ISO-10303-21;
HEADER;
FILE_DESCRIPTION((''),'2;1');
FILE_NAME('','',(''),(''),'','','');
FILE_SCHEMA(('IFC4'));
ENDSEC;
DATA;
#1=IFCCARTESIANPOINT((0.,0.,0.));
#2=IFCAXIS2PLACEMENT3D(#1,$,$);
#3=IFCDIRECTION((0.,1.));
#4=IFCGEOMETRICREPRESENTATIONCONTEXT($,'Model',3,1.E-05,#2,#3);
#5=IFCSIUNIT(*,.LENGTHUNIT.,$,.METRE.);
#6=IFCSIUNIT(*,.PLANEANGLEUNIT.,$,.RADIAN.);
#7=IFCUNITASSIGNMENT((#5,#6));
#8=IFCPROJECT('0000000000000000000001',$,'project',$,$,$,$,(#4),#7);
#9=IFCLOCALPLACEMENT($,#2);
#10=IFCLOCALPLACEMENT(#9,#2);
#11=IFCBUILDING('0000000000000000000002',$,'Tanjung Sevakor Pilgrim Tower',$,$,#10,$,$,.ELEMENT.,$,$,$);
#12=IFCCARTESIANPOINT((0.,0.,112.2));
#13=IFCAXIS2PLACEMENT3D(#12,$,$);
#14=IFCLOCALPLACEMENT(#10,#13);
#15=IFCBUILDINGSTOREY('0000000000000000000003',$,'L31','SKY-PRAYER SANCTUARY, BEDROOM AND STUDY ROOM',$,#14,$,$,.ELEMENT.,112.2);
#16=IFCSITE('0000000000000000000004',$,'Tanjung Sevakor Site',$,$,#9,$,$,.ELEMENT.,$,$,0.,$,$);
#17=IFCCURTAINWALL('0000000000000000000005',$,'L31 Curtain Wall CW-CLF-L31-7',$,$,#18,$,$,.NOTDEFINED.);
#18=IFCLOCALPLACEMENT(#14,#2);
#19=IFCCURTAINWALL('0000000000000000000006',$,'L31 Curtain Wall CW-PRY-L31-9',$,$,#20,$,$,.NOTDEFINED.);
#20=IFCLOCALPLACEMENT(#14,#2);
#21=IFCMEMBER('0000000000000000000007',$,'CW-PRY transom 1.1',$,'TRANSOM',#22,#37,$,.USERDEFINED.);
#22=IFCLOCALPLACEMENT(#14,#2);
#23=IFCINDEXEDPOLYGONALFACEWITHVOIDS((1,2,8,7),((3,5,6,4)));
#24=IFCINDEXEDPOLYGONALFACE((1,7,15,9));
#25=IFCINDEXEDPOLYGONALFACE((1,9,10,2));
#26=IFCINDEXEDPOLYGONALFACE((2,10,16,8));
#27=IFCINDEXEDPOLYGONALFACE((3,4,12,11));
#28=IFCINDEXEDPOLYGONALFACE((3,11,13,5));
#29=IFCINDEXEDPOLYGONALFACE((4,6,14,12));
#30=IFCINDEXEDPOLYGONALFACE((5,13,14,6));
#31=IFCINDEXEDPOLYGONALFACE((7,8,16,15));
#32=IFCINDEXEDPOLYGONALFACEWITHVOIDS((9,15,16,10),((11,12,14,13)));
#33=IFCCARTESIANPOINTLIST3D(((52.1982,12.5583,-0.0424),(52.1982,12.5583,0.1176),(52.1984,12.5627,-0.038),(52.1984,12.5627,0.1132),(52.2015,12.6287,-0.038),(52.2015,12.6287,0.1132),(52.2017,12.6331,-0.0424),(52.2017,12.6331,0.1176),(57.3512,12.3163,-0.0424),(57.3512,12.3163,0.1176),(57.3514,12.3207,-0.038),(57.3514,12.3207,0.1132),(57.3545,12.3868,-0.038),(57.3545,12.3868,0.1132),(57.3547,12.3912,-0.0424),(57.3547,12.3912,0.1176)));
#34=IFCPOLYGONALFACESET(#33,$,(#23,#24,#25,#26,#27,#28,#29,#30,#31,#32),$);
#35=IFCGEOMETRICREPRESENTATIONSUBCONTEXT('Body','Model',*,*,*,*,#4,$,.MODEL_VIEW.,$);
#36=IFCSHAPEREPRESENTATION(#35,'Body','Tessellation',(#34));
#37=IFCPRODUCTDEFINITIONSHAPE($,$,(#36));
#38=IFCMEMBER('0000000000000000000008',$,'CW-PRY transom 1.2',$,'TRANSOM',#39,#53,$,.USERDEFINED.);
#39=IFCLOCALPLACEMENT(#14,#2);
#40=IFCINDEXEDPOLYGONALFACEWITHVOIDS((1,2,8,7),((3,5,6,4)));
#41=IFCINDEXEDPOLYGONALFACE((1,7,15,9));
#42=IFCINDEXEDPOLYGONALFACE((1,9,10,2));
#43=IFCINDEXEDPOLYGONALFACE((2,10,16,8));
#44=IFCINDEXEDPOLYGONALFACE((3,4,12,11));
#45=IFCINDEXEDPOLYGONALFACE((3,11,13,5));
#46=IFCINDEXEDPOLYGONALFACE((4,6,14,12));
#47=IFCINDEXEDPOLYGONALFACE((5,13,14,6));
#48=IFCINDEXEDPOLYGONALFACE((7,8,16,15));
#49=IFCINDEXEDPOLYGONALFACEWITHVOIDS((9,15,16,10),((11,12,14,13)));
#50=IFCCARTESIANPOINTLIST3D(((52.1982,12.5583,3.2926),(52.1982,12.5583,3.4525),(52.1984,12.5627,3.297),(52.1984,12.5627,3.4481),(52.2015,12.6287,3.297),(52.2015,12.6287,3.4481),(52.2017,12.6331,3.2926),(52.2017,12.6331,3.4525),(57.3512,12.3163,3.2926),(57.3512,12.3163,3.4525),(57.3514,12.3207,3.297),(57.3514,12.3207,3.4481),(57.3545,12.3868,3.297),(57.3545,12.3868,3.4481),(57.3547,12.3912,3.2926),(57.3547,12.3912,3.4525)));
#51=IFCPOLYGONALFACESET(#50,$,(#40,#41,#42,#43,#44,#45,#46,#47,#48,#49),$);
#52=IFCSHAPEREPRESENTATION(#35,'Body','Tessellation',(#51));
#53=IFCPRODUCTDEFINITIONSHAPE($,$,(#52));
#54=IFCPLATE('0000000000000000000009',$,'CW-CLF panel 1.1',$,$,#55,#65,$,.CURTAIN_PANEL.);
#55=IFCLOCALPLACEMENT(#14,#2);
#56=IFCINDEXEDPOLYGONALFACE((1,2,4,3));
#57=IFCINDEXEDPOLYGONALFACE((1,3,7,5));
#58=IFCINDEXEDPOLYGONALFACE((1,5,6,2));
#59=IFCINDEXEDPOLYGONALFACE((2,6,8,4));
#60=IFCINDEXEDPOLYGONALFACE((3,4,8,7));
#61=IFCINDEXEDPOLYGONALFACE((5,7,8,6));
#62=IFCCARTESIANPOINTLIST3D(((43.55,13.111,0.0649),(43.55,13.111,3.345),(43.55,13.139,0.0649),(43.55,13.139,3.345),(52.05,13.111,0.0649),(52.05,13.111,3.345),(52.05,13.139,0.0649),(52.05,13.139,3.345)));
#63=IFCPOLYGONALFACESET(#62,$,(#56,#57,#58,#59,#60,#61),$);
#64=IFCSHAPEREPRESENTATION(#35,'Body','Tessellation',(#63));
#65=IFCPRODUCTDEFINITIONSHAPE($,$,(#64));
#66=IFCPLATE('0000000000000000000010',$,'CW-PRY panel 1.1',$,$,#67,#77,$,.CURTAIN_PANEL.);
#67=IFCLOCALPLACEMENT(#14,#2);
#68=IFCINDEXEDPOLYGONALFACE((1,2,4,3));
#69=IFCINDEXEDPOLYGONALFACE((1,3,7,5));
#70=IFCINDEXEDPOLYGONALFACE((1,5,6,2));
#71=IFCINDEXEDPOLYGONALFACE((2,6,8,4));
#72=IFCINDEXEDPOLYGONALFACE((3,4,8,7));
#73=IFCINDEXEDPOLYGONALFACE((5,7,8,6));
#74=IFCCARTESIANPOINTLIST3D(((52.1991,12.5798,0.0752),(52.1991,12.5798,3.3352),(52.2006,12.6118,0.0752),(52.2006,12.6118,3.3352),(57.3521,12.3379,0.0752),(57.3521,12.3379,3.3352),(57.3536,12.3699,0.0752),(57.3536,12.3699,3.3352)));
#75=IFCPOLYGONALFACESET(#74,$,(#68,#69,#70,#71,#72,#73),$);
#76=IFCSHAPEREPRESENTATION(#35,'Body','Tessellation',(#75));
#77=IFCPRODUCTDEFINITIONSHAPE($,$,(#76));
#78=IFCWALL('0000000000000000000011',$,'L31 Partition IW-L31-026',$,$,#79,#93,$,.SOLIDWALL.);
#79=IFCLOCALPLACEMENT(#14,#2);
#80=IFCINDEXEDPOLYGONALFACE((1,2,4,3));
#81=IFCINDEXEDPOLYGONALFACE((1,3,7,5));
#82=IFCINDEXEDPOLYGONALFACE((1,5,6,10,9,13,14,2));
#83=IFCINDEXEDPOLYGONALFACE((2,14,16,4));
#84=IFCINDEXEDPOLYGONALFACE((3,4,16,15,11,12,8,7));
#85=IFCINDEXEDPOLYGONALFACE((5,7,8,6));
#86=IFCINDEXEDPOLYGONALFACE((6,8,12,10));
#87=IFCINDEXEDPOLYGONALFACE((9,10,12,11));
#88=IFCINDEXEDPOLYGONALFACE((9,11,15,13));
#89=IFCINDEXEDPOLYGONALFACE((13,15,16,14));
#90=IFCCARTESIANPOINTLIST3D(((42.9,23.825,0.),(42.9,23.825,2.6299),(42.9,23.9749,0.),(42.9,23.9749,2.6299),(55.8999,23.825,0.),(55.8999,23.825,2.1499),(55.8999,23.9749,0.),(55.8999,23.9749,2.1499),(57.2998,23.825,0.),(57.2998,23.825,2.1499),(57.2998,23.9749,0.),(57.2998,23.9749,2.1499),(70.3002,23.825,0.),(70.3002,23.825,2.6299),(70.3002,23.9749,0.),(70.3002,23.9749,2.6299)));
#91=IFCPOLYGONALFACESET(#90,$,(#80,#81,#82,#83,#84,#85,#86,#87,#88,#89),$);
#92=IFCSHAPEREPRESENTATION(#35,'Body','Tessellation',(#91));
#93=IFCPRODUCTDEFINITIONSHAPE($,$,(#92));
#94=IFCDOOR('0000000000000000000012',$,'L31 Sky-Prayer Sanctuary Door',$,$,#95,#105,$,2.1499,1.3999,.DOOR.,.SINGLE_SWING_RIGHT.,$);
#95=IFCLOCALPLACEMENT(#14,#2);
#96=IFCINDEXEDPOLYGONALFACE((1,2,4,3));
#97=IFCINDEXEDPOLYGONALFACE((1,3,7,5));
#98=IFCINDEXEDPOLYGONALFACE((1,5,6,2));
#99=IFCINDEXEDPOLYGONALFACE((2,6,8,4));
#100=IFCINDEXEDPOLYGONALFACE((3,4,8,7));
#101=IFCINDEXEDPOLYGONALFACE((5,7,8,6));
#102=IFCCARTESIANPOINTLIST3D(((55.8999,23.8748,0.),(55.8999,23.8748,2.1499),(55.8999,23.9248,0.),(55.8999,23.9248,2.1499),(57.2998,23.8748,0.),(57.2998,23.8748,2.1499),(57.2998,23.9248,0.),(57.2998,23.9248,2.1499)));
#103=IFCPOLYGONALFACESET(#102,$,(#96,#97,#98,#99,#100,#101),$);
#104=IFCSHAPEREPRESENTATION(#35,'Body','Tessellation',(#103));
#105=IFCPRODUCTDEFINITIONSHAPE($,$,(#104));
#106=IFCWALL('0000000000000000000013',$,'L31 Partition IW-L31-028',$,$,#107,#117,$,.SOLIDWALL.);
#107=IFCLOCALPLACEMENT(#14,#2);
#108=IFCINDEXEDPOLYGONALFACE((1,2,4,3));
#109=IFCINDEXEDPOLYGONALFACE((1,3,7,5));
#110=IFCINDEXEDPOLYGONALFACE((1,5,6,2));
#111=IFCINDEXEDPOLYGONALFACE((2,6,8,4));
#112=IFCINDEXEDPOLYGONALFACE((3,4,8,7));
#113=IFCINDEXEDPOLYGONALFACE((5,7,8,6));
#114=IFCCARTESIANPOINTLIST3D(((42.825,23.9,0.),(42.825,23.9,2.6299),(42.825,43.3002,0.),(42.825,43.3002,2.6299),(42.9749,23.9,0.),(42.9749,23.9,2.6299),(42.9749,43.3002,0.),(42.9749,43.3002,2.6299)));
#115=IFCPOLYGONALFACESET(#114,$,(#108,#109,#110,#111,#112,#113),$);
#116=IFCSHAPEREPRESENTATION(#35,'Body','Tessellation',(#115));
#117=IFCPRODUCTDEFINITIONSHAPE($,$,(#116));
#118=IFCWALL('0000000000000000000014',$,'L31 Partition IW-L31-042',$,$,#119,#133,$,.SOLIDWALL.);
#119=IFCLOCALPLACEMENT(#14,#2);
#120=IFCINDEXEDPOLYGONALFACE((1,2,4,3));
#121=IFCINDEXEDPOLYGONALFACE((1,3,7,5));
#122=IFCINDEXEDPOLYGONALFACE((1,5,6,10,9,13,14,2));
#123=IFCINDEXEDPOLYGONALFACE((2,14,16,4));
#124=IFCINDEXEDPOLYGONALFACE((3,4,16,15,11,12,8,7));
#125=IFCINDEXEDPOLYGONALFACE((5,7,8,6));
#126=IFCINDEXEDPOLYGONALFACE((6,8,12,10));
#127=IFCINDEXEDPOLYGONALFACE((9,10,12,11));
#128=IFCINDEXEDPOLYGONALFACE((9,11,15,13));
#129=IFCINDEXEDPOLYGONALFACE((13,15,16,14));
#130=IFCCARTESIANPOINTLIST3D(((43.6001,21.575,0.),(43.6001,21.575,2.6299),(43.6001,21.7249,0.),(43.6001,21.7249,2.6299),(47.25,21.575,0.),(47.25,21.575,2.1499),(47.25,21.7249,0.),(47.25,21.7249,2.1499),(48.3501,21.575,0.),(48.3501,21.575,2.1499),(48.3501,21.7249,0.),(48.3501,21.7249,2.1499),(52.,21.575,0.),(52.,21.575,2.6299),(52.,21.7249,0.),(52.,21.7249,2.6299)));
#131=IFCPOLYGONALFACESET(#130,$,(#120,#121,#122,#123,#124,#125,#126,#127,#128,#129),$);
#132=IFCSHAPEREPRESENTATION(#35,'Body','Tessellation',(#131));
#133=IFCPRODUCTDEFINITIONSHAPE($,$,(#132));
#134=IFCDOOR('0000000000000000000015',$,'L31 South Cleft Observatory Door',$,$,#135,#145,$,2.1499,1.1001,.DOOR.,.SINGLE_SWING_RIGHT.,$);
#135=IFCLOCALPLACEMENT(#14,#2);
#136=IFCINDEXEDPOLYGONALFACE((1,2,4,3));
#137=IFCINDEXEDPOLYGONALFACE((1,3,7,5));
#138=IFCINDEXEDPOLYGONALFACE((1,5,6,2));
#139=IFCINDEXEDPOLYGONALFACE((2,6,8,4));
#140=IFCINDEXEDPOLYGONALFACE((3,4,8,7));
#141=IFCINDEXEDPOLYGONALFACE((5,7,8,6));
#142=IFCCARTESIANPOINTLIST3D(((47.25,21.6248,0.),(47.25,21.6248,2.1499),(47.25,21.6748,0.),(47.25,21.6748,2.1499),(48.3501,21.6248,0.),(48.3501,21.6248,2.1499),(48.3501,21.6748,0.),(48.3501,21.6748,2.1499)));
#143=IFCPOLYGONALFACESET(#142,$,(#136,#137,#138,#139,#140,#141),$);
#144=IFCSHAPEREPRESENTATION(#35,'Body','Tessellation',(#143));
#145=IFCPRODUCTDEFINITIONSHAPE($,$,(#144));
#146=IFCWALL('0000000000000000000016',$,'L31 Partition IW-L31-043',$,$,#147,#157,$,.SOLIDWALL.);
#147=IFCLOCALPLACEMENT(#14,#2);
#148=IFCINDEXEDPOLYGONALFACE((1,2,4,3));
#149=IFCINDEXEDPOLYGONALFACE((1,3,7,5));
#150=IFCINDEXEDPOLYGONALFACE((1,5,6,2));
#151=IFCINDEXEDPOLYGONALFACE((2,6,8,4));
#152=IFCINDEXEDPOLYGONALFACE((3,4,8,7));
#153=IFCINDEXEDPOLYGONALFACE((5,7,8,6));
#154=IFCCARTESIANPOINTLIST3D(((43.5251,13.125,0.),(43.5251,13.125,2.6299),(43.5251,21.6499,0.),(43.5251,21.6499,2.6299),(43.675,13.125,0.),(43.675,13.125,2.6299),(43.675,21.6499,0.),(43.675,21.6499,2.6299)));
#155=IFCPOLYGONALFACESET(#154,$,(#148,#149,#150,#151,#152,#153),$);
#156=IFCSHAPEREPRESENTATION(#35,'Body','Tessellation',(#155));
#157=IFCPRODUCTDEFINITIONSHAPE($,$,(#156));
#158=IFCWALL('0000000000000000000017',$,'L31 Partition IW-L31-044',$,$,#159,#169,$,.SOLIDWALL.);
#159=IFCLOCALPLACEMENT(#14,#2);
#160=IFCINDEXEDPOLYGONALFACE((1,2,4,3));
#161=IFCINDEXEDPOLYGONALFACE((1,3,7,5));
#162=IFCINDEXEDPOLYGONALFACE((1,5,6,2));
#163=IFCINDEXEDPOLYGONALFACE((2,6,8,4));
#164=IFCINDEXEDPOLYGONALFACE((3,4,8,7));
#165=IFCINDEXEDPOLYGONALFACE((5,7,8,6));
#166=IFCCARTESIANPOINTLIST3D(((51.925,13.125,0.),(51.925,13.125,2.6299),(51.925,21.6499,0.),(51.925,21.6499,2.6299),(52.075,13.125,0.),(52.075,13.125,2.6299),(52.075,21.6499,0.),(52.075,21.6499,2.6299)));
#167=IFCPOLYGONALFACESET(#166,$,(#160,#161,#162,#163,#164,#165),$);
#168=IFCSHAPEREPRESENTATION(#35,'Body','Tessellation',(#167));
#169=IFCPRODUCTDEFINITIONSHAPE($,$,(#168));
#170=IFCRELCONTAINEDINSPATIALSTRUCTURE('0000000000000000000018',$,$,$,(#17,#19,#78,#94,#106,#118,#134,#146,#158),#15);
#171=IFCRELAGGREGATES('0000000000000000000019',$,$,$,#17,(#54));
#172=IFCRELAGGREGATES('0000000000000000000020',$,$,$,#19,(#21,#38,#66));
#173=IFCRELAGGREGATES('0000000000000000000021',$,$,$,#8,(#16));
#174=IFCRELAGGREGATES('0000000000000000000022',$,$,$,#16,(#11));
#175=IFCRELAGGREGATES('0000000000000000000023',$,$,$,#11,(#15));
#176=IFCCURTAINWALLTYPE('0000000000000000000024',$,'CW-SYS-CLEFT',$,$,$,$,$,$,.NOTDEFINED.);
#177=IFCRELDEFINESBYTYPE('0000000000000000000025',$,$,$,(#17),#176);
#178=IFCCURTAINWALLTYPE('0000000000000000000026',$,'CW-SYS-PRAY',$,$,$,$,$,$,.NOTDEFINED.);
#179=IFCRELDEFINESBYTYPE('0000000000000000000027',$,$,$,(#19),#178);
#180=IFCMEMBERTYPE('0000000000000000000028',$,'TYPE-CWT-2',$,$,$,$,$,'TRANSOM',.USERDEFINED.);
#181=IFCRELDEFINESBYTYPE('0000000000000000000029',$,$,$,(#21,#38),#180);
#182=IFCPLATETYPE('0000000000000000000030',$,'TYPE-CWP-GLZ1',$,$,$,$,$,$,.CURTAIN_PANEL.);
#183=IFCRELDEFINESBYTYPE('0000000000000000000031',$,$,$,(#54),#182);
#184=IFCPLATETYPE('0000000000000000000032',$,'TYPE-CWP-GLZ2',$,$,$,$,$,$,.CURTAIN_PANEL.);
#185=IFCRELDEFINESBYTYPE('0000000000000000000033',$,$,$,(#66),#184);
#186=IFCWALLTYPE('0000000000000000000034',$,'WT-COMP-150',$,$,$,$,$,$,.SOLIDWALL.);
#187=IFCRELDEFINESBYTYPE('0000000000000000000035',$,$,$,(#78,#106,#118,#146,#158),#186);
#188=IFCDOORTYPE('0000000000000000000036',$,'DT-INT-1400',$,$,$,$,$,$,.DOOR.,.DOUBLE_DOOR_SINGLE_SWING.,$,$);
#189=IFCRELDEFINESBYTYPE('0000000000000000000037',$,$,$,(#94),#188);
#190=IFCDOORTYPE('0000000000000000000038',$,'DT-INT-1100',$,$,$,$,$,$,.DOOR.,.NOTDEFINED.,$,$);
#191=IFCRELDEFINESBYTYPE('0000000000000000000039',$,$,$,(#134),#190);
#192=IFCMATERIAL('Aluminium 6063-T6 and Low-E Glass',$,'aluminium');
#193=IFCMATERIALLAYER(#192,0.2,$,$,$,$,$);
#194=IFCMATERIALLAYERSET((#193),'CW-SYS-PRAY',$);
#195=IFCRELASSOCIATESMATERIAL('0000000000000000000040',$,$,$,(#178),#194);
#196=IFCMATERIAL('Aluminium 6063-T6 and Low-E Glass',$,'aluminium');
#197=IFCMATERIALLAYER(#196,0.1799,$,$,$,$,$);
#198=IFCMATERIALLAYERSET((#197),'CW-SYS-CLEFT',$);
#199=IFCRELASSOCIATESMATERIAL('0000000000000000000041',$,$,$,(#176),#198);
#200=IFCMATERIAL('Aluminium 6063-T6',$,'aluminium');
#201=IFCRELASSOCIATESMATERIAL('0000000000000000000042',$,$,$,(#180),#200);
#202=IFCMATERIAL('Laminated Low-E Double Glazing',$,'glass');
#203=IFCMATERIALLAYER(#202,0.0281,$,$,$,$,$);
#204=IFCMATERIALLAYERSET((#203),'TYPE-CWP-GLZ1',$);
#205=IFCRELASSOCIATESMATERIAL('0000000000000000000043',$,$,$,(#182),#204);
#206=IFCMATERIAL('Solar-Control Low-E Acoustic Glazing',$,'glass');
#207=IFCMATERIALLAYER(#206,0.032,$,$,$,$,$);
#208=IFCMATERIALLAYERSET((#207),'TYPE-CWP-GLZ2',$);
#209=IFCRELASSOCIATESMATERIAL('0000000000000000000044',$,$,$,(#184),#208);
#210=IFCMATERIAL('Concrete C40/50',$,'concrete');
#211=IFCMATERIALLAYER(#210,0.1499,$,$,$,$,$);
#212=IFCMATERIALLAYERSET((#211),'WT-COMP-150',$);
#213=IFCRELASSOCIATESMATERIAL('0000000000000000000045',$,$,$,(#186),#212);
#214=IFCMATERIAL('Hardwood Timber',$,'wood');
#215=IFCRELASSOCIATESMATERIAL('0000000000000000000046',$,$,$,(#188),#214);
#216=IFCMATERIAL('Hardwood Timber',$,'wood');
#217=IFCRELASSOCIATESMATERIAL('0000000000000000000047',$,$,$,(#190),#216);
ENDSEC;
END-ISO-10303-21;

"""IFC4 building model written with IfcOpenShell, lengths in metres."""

from ifc_helpers import new_model, si_unit, direction, frame, frame_2d, origin, origin_2d, place, context, subcontext, project, spatial, rectangle, hollow_rectangle, extrude, material, layer, layer_set, material_profile, profile_set, type_object, element, fill, aggregate, save


model = new_model("IFC4")

# Units and contexts
model_context = context("Model", 3, precision=1e-05, world=origin(), true_north=direction((0.0, 1.0)))
body_context = subcontext(model_context, "Body", "Model", "MODEL_VIEW")
ifc_project = project(units=[si_unit("LENGTHUNIT", "METRE"), si_unit("PLANEANGLEUNIT", "RADIAN")], contexts=[model_context])

# Site, building, storey
site_placement = place(None, origin())
site = spatial("IfcSite", under=ifc_project, at=site_placement, Name="Tanjung Sevakor Site", CompositionType="ELEMENT", RefElevation=0.0)
building_placement = place(site_placement, origin())
building = spatial("IfcBuilding", under=site, at=building_placement, Name="Tanjung Sevakor Pilgrim Tower", CompositionType="ELEMENT")
storey_placement = place(building_placement, frame((0.0, 0.0, 112.2)))
storey = spatial("IfcBuildingStorey", under=building, at=storey_placement, Name="L31", Description="SKY-PRAYER SANCTUARY, BEDROOM AND STUDY ROOM", CompositionType="ELEMENT", Elevation=112.2)

# Shared definitions
ifc_material_1 = material(Name="Aluminium 6063-T6 and Low-E Glass", Category="aluminium")
ifc_layer_1 = layer(ifc_material_1, 0.2)
ifc_layer_set_1 = layer_set([ifc_layer_1], Name="CW-SYS-PRAY")
curtain_wall_type_1 = type_object("IfcCurtainWallType", Name="CW-SYS-PRAY", PredefinedType="NOTDEFINED", material=ifc_layer_set_1)

# Curtain walls
ifc_material_2 = material(Name="Aluminium 6063-T6 and Low-E Glass", Category="aluminium")
ifc_layer_2 = layer(ifc_material_2, 0.1799)
ifc_layer_set_2 = layer_set([ifc_layer_2], Name="CW-SYS-CLEFT")
curtain_wall_type_2 = type_object("IfcCurtainWallType", Name="CW-SYS-CLEFT", PredefinedType="NOTDEFINED", material=ifc_layer_set_2)
curtain_wall_1_placement = place(storey_placement, origin())
curtain_wall_1 = element("IfcCurtainWall", 1, at=curtain_wall_1_placement, inside=storey, type_object=curtain_wall_type_2, Name="L31 Curtain Wall CW-CLF-L31-7", PredefinedType="NOTDEFINED")
curtain_wall_2_placement = place(storey_placement, origin())
curtain_wall_2 = element("IfcCurtainWall", 2, at=curtain_wall_2_placement, inside=storey, type_object=curtain_wall_type_1, Name="L31 Curtain Wall CW-PRY-L31-9", PredefinedType="NOTDEFINED")

# Members
ifc_material_3 = material(Name="Aluminium 6063-T6", Category="aluminium")
ifc_material_profile_1 = material_profile(ifc_material_3, hollow_rectangle(XDim=0.075, YDim=0.1599, WallThickness=0.0044, at=origin_2d()))
ifc_profile_set_1 = profile_set([ifc_material_profile_1], Name="Aluminium 6063-T6")
member_type_1 = type_object("IfcMemberType", Name="TYPE-CWT-2", ElementType="TRANSOM", PredefinedType="USERDEFINED", material=ifc_profile_set_1)
member_1_placement = place(storey_placement, frame((52.2, 12.5957, 0.0376), z_axis=(0.9989, -0.0469, 0.0), x_axis=(0.0469, 0.9989, 0.0)))
member_1 = element("IfcMember", 3, at=member_1_placement, type_object=member_type_1, Name="CW-PRY transom 1.1", ObjectType="TRANSOM", PredefinedType="USERDEFINED", context=body_context, shape_type="SweptSolid", body=[
    extrude(hollow_rectangle(XDim=0.075, YDim=0.1599, WallThickness=0.0044, at=origin_2d()), origin(), (0.0, 0.0, 1.0), 5.1587),
])
member_2_placement = place(storey_placement, frame((52.2, 12.5957, 3.3726), z_axis=(0.9989, -0.0469, 0.0), x_axis=(0.0469, 0.9989, 0.0)))
member_2 = element("IfcMember", 4, at=member_2_placement, type_object=member_type_1, Name="CW-PRY transom 1.2", ObjectType="TRANSOM", PredefinedType="USERDEFINED", context=body_context, shape_type="SweptSolid", body=[
    extrude(hollow_rectangle(XDim=0.075, YDim=0.1599, WallThickness=0.0044, at=origin_2d()), origin(), (0.0, 0.0, 1.0), 5.1587),
])

# Plates
ifc_material_4 = material(Name="Laminated Low-E Double Glazing", Category="glass")
ifc_layer_3 = layer(ifc_material_4, 0.0281)
ifc_layer_set_3 = layer_set([ifc_layer_3], Name="TYPE-CWP-GLZ1")
plate_type_1 = type_object("IfcPlateType", Name="TYPE-CWP-GLZ1", PredefinedType="CURTAIN_PANEL", material=ifc_layer_set_3)
plate_1_placement = place(storey_placement, frame((47.8, 13.125, 0.0649), z_axis=(0.0, 0.0, 1.0), x_axis=(1.0, 0.0, 0.0)))
plate_1 = element("IfcPlate", 5, at=plate_1_placement, type_object=plate_type_1, Name="CW-CLF panel 1.1", PredefinedType="CURTAIN_PANEL", context=body_context, shape_type="SweptSolid", body=[
    extrude(rectangle(XDim=8.5, YDim=0.0281, at=origin_2d()), origin(), (0.0, 0.0, 1.0), 3.28),
])
aggregate(curtain_wall_1, [plate_1])
ifc_material_5 = material(Name="Solar-Control Low-E Acoustic Glazing", Category="glass")
ifc_layer_4 = layer(ifc_material_5, 0.032)
ifc_layer_set_4 = layer_set([ifc_layer_4], Name="TYPE-CWP-GLZ2")
plate_type_2 = type_object("IfcPlateType", Name="TYPE-CWP-GLZ2", PredefinedType="CURTAIN_PANEL", material=ifc_layer_set_4)
plate_2_placement = place(storey_placement, frame((54.7764, 12.4749, 0.0752), z_axis=(0.0, 0.0, 1.0), x_axis=(0.9989, -0.046896, 0.0)))
plate_2 = element("IfcPlate", 6, at=plate_2_placement, type_object=plate_type_2, Name="CW-PRY panel 1.1", PredefinedType="CURTAIN_PANEL", context=body_context, shape_type="SweptSolid", body=[
    extrude(rectangle(XDim=5.1587, YDim=0.032, at=origin_2d()), origin(), (0.0, 0.0, 1.0), 3.26),
])
aggregate(curtain_wall_2, [member_1, member_2, plate_2])

# Wall, opening, door
ifc_material_6 = material(Name="Concrete C40/50", Category="concrete")
ifc_layer_5 = layer(ifc_material_6, 0.1499)
ifc_layer_set_5 = layer_set([ifc_layer_5], Name="WT-COMP-150")
wall_type_1 = type_object("IfcWallType", Name="WT-COMP-150", PredefinedType="SOLIDWALL", material=ifc_layer_set_5)
wall_1_placement = place(storey_placement, frame((42.8999, 23.8999, 0.0), z_axis=(0.0, 0.0, 1.0), x_axis=(1.0, 0.0, 0.0)))
wall_1 = element("IfcWall", 7, at=wall_1_placement, inside=storey, type_object=wall_type_1, Name="L31 Partition IW-L31-026", PredefinedType="SOLIDWALL", context=body_context, shape_type="SweptSolid", body=[
    extrude(rectangle(XDim=27.4001, YDim=0.1499, at=frame_2d((13.7002, 0.0))), origin(), (0.0, 0.0, 1.0), 2.6299),
])
opening_1_placement = place(wall_1_placement, frame((13.0, 0.0, 0.0)))
opening_1 = element("IfcOpeningElement", 8, at=opening_1_placement, cuts=wall_1, PredefinedType="OPENING", context=body_context, shape_type="SweptSolid", body=[
    extrude(rectangle(XDim=1.3999, YDim=2.1499, at=frame_2d((0.7, 1.075))), frame((0.0, 0.085, 0.0), z_axis=(0.0, -1.0, 0.0), x_axis=(1.0, 0.0, 0.0)), (0.0, 0.0, 1.0), 0.1699),
])
ifc_material_7 = material(Name="Hardwood Timber", Category="wood")
door_type_1 = type_object("IfcDoorType", Name="DT-INT-1400", OperationType="DOUBLE_DOOR_SINGLE_SWING", PredefinedType="DOOR", material=ifc_material_7)
door_1_placement = place(opening_1_placement, origin())
door_1 = element("IfcDoor", 9, at=door_1_placement, inside=storey, type_object=door_type_1, Name="L31 Sky-Prayer Sanctuary Door", OperationType="SINGLE_SWING_RIGHT", OverallHeight=2.1499, OverallWidth=1.3999, PredefinedType="DOOR", context=body_context, shape_type="SweptSolid", body=[
    extrude(rectangle(XDim=1.3999, YDim=2.1499, at=frame_2d((0.7, 1.075))), frame((0.0, 0.0249, 0.0), z_axis=(0.0, -1.0, 0.0), x_axis=(1.0, 0.0, 0.0)), (0.0, 0.0, 1.0), 0.05),
])
fill(opening_1, door_1)

# Wall
wall_2_placement = place(storey_placement, frame((42.8999, 23.8999, 0.0), z_axis=(0.0, 0.0, 1.0), x_axis=(0.0, 1.0, 0.0)))
element("IfcWall", 10, at=wall_2_placement, inside=storey, type_object=wall_type_1, Name="L31 Partition IW-L31-028", PredefinedType="SOLIDWALL", context=body_context, shape_type="SweptSolid", body=[
    extrude(rectangle(XDim=19.4001, YDim=0.1499, at=frame_2d((9.7002, 0.0))), origin(), (0.0, 0.0, 1.0), 2.6299),
])

# Wall, opening, door
wall_3_placement = place(storey_placement, frame((43.6001, 21.6499, 0.0), z_axis=(0.0, 0.0, 1.0), x_axis=(1.0, 0.0, 0.0)))
wall_3 = element("IfcWall", 11, at=wall_3_placement, inside=storey, type_object=wall_type_1, Name="L31 Partition IW-L31-042", PredefinedType="SOLIDWALL", context=body_context, shape_type="SweptSolid", body=[
    extrude(rectangle(XDim=8.3999, YDim=0.1499, at=frame_2d((4.2, 0.0))), origin(), (0.0, 0.0, 1.0), 2.6299),
])
opening_2_placement = place(wall_3_placement, frame((3.6499, 0.0, 0.0)))
opening_2 = element("IfcOpeningElement", 12, at=opening_2_placement, cuts=wall_3, PredefinedType="OPENING", context=body_context, shape_type="SweptSolid", body=[
    extrude(rectangle(XDim=1.1001, YDim=2.1499, at=frame_2d((0.55, 1.075))), frame((0.0, 0.085, 0.0), z_axis=(0.0, -1.0, 0.0), x_axis=(1.0, 0.0, 0.0)), (0.0, 0.0, 1.0), 0.1699),
])
ifc_material_8 = material(Name="Hardwood Timber", Category="wood")
door_type_2 = type_object("IfcDoorType", Name="DT-INT-1100", OperationType="NOTDEFINED", PredefinedType="DOOR", material=ifc_material_8)
door_2_placement = place(opening_2_placement, origin())
door_2 = element("IfcDoor", 13, at=door_2_placement, inside=storey, type_object=door_type_2, Name="L31 South Cleft Observatory Door", OperationType="SINGLE_SWING_RIGHT", OverallHeight=2.1499, OverallWidth=1.1001, PredefinedType="DOOR", context=body_context, shape_type="SweptSolid", body=[
    extrude(rectangle(XDim=1.1001, YDim=2.1499, at=frame_2d((0.55, 1.075))), frame((0.0, 0.0249, 0.0), z_axis=(0.0, -1.0, 0.0), x_axis=(1.0, 0.0, 0.0)), (0.0, 0.0, 1.0), 0.05),
])
fill(opening_2, door_2)

# Walls
for number, where, z_axis, x_axis, name in (
    (14, (43.6001, 13.125, 0.0), (0.0, 0.0, 1.0), (0.0, 1.0, 0.0), "L31 Partition IW-L31-043"),
    (15, (52.0, 13.125, 0.0), (0.0, 0.0, 1.0), (0.0, 1.0, 0.0), "L31 Partition IW-L31-044"),
):
    element("IfcWall", number, at=place(storey_placement, frame(where, z_axis=z_axis, x_axis=x_axis)), inside=storey, type_object=wall_type_1, Name=name, PredefinedType="SOLIDWALL", context=body_context, shape_type="SweptSolid", body=[
        extrude(rectangle(XDim=8.5249, YDim=0.1499, at=frame_2d((4.2625, 0.0))), origin(), (0.0, 0.0, 1.0), 2.6299),
    ])

save(model, "model.ifc")
